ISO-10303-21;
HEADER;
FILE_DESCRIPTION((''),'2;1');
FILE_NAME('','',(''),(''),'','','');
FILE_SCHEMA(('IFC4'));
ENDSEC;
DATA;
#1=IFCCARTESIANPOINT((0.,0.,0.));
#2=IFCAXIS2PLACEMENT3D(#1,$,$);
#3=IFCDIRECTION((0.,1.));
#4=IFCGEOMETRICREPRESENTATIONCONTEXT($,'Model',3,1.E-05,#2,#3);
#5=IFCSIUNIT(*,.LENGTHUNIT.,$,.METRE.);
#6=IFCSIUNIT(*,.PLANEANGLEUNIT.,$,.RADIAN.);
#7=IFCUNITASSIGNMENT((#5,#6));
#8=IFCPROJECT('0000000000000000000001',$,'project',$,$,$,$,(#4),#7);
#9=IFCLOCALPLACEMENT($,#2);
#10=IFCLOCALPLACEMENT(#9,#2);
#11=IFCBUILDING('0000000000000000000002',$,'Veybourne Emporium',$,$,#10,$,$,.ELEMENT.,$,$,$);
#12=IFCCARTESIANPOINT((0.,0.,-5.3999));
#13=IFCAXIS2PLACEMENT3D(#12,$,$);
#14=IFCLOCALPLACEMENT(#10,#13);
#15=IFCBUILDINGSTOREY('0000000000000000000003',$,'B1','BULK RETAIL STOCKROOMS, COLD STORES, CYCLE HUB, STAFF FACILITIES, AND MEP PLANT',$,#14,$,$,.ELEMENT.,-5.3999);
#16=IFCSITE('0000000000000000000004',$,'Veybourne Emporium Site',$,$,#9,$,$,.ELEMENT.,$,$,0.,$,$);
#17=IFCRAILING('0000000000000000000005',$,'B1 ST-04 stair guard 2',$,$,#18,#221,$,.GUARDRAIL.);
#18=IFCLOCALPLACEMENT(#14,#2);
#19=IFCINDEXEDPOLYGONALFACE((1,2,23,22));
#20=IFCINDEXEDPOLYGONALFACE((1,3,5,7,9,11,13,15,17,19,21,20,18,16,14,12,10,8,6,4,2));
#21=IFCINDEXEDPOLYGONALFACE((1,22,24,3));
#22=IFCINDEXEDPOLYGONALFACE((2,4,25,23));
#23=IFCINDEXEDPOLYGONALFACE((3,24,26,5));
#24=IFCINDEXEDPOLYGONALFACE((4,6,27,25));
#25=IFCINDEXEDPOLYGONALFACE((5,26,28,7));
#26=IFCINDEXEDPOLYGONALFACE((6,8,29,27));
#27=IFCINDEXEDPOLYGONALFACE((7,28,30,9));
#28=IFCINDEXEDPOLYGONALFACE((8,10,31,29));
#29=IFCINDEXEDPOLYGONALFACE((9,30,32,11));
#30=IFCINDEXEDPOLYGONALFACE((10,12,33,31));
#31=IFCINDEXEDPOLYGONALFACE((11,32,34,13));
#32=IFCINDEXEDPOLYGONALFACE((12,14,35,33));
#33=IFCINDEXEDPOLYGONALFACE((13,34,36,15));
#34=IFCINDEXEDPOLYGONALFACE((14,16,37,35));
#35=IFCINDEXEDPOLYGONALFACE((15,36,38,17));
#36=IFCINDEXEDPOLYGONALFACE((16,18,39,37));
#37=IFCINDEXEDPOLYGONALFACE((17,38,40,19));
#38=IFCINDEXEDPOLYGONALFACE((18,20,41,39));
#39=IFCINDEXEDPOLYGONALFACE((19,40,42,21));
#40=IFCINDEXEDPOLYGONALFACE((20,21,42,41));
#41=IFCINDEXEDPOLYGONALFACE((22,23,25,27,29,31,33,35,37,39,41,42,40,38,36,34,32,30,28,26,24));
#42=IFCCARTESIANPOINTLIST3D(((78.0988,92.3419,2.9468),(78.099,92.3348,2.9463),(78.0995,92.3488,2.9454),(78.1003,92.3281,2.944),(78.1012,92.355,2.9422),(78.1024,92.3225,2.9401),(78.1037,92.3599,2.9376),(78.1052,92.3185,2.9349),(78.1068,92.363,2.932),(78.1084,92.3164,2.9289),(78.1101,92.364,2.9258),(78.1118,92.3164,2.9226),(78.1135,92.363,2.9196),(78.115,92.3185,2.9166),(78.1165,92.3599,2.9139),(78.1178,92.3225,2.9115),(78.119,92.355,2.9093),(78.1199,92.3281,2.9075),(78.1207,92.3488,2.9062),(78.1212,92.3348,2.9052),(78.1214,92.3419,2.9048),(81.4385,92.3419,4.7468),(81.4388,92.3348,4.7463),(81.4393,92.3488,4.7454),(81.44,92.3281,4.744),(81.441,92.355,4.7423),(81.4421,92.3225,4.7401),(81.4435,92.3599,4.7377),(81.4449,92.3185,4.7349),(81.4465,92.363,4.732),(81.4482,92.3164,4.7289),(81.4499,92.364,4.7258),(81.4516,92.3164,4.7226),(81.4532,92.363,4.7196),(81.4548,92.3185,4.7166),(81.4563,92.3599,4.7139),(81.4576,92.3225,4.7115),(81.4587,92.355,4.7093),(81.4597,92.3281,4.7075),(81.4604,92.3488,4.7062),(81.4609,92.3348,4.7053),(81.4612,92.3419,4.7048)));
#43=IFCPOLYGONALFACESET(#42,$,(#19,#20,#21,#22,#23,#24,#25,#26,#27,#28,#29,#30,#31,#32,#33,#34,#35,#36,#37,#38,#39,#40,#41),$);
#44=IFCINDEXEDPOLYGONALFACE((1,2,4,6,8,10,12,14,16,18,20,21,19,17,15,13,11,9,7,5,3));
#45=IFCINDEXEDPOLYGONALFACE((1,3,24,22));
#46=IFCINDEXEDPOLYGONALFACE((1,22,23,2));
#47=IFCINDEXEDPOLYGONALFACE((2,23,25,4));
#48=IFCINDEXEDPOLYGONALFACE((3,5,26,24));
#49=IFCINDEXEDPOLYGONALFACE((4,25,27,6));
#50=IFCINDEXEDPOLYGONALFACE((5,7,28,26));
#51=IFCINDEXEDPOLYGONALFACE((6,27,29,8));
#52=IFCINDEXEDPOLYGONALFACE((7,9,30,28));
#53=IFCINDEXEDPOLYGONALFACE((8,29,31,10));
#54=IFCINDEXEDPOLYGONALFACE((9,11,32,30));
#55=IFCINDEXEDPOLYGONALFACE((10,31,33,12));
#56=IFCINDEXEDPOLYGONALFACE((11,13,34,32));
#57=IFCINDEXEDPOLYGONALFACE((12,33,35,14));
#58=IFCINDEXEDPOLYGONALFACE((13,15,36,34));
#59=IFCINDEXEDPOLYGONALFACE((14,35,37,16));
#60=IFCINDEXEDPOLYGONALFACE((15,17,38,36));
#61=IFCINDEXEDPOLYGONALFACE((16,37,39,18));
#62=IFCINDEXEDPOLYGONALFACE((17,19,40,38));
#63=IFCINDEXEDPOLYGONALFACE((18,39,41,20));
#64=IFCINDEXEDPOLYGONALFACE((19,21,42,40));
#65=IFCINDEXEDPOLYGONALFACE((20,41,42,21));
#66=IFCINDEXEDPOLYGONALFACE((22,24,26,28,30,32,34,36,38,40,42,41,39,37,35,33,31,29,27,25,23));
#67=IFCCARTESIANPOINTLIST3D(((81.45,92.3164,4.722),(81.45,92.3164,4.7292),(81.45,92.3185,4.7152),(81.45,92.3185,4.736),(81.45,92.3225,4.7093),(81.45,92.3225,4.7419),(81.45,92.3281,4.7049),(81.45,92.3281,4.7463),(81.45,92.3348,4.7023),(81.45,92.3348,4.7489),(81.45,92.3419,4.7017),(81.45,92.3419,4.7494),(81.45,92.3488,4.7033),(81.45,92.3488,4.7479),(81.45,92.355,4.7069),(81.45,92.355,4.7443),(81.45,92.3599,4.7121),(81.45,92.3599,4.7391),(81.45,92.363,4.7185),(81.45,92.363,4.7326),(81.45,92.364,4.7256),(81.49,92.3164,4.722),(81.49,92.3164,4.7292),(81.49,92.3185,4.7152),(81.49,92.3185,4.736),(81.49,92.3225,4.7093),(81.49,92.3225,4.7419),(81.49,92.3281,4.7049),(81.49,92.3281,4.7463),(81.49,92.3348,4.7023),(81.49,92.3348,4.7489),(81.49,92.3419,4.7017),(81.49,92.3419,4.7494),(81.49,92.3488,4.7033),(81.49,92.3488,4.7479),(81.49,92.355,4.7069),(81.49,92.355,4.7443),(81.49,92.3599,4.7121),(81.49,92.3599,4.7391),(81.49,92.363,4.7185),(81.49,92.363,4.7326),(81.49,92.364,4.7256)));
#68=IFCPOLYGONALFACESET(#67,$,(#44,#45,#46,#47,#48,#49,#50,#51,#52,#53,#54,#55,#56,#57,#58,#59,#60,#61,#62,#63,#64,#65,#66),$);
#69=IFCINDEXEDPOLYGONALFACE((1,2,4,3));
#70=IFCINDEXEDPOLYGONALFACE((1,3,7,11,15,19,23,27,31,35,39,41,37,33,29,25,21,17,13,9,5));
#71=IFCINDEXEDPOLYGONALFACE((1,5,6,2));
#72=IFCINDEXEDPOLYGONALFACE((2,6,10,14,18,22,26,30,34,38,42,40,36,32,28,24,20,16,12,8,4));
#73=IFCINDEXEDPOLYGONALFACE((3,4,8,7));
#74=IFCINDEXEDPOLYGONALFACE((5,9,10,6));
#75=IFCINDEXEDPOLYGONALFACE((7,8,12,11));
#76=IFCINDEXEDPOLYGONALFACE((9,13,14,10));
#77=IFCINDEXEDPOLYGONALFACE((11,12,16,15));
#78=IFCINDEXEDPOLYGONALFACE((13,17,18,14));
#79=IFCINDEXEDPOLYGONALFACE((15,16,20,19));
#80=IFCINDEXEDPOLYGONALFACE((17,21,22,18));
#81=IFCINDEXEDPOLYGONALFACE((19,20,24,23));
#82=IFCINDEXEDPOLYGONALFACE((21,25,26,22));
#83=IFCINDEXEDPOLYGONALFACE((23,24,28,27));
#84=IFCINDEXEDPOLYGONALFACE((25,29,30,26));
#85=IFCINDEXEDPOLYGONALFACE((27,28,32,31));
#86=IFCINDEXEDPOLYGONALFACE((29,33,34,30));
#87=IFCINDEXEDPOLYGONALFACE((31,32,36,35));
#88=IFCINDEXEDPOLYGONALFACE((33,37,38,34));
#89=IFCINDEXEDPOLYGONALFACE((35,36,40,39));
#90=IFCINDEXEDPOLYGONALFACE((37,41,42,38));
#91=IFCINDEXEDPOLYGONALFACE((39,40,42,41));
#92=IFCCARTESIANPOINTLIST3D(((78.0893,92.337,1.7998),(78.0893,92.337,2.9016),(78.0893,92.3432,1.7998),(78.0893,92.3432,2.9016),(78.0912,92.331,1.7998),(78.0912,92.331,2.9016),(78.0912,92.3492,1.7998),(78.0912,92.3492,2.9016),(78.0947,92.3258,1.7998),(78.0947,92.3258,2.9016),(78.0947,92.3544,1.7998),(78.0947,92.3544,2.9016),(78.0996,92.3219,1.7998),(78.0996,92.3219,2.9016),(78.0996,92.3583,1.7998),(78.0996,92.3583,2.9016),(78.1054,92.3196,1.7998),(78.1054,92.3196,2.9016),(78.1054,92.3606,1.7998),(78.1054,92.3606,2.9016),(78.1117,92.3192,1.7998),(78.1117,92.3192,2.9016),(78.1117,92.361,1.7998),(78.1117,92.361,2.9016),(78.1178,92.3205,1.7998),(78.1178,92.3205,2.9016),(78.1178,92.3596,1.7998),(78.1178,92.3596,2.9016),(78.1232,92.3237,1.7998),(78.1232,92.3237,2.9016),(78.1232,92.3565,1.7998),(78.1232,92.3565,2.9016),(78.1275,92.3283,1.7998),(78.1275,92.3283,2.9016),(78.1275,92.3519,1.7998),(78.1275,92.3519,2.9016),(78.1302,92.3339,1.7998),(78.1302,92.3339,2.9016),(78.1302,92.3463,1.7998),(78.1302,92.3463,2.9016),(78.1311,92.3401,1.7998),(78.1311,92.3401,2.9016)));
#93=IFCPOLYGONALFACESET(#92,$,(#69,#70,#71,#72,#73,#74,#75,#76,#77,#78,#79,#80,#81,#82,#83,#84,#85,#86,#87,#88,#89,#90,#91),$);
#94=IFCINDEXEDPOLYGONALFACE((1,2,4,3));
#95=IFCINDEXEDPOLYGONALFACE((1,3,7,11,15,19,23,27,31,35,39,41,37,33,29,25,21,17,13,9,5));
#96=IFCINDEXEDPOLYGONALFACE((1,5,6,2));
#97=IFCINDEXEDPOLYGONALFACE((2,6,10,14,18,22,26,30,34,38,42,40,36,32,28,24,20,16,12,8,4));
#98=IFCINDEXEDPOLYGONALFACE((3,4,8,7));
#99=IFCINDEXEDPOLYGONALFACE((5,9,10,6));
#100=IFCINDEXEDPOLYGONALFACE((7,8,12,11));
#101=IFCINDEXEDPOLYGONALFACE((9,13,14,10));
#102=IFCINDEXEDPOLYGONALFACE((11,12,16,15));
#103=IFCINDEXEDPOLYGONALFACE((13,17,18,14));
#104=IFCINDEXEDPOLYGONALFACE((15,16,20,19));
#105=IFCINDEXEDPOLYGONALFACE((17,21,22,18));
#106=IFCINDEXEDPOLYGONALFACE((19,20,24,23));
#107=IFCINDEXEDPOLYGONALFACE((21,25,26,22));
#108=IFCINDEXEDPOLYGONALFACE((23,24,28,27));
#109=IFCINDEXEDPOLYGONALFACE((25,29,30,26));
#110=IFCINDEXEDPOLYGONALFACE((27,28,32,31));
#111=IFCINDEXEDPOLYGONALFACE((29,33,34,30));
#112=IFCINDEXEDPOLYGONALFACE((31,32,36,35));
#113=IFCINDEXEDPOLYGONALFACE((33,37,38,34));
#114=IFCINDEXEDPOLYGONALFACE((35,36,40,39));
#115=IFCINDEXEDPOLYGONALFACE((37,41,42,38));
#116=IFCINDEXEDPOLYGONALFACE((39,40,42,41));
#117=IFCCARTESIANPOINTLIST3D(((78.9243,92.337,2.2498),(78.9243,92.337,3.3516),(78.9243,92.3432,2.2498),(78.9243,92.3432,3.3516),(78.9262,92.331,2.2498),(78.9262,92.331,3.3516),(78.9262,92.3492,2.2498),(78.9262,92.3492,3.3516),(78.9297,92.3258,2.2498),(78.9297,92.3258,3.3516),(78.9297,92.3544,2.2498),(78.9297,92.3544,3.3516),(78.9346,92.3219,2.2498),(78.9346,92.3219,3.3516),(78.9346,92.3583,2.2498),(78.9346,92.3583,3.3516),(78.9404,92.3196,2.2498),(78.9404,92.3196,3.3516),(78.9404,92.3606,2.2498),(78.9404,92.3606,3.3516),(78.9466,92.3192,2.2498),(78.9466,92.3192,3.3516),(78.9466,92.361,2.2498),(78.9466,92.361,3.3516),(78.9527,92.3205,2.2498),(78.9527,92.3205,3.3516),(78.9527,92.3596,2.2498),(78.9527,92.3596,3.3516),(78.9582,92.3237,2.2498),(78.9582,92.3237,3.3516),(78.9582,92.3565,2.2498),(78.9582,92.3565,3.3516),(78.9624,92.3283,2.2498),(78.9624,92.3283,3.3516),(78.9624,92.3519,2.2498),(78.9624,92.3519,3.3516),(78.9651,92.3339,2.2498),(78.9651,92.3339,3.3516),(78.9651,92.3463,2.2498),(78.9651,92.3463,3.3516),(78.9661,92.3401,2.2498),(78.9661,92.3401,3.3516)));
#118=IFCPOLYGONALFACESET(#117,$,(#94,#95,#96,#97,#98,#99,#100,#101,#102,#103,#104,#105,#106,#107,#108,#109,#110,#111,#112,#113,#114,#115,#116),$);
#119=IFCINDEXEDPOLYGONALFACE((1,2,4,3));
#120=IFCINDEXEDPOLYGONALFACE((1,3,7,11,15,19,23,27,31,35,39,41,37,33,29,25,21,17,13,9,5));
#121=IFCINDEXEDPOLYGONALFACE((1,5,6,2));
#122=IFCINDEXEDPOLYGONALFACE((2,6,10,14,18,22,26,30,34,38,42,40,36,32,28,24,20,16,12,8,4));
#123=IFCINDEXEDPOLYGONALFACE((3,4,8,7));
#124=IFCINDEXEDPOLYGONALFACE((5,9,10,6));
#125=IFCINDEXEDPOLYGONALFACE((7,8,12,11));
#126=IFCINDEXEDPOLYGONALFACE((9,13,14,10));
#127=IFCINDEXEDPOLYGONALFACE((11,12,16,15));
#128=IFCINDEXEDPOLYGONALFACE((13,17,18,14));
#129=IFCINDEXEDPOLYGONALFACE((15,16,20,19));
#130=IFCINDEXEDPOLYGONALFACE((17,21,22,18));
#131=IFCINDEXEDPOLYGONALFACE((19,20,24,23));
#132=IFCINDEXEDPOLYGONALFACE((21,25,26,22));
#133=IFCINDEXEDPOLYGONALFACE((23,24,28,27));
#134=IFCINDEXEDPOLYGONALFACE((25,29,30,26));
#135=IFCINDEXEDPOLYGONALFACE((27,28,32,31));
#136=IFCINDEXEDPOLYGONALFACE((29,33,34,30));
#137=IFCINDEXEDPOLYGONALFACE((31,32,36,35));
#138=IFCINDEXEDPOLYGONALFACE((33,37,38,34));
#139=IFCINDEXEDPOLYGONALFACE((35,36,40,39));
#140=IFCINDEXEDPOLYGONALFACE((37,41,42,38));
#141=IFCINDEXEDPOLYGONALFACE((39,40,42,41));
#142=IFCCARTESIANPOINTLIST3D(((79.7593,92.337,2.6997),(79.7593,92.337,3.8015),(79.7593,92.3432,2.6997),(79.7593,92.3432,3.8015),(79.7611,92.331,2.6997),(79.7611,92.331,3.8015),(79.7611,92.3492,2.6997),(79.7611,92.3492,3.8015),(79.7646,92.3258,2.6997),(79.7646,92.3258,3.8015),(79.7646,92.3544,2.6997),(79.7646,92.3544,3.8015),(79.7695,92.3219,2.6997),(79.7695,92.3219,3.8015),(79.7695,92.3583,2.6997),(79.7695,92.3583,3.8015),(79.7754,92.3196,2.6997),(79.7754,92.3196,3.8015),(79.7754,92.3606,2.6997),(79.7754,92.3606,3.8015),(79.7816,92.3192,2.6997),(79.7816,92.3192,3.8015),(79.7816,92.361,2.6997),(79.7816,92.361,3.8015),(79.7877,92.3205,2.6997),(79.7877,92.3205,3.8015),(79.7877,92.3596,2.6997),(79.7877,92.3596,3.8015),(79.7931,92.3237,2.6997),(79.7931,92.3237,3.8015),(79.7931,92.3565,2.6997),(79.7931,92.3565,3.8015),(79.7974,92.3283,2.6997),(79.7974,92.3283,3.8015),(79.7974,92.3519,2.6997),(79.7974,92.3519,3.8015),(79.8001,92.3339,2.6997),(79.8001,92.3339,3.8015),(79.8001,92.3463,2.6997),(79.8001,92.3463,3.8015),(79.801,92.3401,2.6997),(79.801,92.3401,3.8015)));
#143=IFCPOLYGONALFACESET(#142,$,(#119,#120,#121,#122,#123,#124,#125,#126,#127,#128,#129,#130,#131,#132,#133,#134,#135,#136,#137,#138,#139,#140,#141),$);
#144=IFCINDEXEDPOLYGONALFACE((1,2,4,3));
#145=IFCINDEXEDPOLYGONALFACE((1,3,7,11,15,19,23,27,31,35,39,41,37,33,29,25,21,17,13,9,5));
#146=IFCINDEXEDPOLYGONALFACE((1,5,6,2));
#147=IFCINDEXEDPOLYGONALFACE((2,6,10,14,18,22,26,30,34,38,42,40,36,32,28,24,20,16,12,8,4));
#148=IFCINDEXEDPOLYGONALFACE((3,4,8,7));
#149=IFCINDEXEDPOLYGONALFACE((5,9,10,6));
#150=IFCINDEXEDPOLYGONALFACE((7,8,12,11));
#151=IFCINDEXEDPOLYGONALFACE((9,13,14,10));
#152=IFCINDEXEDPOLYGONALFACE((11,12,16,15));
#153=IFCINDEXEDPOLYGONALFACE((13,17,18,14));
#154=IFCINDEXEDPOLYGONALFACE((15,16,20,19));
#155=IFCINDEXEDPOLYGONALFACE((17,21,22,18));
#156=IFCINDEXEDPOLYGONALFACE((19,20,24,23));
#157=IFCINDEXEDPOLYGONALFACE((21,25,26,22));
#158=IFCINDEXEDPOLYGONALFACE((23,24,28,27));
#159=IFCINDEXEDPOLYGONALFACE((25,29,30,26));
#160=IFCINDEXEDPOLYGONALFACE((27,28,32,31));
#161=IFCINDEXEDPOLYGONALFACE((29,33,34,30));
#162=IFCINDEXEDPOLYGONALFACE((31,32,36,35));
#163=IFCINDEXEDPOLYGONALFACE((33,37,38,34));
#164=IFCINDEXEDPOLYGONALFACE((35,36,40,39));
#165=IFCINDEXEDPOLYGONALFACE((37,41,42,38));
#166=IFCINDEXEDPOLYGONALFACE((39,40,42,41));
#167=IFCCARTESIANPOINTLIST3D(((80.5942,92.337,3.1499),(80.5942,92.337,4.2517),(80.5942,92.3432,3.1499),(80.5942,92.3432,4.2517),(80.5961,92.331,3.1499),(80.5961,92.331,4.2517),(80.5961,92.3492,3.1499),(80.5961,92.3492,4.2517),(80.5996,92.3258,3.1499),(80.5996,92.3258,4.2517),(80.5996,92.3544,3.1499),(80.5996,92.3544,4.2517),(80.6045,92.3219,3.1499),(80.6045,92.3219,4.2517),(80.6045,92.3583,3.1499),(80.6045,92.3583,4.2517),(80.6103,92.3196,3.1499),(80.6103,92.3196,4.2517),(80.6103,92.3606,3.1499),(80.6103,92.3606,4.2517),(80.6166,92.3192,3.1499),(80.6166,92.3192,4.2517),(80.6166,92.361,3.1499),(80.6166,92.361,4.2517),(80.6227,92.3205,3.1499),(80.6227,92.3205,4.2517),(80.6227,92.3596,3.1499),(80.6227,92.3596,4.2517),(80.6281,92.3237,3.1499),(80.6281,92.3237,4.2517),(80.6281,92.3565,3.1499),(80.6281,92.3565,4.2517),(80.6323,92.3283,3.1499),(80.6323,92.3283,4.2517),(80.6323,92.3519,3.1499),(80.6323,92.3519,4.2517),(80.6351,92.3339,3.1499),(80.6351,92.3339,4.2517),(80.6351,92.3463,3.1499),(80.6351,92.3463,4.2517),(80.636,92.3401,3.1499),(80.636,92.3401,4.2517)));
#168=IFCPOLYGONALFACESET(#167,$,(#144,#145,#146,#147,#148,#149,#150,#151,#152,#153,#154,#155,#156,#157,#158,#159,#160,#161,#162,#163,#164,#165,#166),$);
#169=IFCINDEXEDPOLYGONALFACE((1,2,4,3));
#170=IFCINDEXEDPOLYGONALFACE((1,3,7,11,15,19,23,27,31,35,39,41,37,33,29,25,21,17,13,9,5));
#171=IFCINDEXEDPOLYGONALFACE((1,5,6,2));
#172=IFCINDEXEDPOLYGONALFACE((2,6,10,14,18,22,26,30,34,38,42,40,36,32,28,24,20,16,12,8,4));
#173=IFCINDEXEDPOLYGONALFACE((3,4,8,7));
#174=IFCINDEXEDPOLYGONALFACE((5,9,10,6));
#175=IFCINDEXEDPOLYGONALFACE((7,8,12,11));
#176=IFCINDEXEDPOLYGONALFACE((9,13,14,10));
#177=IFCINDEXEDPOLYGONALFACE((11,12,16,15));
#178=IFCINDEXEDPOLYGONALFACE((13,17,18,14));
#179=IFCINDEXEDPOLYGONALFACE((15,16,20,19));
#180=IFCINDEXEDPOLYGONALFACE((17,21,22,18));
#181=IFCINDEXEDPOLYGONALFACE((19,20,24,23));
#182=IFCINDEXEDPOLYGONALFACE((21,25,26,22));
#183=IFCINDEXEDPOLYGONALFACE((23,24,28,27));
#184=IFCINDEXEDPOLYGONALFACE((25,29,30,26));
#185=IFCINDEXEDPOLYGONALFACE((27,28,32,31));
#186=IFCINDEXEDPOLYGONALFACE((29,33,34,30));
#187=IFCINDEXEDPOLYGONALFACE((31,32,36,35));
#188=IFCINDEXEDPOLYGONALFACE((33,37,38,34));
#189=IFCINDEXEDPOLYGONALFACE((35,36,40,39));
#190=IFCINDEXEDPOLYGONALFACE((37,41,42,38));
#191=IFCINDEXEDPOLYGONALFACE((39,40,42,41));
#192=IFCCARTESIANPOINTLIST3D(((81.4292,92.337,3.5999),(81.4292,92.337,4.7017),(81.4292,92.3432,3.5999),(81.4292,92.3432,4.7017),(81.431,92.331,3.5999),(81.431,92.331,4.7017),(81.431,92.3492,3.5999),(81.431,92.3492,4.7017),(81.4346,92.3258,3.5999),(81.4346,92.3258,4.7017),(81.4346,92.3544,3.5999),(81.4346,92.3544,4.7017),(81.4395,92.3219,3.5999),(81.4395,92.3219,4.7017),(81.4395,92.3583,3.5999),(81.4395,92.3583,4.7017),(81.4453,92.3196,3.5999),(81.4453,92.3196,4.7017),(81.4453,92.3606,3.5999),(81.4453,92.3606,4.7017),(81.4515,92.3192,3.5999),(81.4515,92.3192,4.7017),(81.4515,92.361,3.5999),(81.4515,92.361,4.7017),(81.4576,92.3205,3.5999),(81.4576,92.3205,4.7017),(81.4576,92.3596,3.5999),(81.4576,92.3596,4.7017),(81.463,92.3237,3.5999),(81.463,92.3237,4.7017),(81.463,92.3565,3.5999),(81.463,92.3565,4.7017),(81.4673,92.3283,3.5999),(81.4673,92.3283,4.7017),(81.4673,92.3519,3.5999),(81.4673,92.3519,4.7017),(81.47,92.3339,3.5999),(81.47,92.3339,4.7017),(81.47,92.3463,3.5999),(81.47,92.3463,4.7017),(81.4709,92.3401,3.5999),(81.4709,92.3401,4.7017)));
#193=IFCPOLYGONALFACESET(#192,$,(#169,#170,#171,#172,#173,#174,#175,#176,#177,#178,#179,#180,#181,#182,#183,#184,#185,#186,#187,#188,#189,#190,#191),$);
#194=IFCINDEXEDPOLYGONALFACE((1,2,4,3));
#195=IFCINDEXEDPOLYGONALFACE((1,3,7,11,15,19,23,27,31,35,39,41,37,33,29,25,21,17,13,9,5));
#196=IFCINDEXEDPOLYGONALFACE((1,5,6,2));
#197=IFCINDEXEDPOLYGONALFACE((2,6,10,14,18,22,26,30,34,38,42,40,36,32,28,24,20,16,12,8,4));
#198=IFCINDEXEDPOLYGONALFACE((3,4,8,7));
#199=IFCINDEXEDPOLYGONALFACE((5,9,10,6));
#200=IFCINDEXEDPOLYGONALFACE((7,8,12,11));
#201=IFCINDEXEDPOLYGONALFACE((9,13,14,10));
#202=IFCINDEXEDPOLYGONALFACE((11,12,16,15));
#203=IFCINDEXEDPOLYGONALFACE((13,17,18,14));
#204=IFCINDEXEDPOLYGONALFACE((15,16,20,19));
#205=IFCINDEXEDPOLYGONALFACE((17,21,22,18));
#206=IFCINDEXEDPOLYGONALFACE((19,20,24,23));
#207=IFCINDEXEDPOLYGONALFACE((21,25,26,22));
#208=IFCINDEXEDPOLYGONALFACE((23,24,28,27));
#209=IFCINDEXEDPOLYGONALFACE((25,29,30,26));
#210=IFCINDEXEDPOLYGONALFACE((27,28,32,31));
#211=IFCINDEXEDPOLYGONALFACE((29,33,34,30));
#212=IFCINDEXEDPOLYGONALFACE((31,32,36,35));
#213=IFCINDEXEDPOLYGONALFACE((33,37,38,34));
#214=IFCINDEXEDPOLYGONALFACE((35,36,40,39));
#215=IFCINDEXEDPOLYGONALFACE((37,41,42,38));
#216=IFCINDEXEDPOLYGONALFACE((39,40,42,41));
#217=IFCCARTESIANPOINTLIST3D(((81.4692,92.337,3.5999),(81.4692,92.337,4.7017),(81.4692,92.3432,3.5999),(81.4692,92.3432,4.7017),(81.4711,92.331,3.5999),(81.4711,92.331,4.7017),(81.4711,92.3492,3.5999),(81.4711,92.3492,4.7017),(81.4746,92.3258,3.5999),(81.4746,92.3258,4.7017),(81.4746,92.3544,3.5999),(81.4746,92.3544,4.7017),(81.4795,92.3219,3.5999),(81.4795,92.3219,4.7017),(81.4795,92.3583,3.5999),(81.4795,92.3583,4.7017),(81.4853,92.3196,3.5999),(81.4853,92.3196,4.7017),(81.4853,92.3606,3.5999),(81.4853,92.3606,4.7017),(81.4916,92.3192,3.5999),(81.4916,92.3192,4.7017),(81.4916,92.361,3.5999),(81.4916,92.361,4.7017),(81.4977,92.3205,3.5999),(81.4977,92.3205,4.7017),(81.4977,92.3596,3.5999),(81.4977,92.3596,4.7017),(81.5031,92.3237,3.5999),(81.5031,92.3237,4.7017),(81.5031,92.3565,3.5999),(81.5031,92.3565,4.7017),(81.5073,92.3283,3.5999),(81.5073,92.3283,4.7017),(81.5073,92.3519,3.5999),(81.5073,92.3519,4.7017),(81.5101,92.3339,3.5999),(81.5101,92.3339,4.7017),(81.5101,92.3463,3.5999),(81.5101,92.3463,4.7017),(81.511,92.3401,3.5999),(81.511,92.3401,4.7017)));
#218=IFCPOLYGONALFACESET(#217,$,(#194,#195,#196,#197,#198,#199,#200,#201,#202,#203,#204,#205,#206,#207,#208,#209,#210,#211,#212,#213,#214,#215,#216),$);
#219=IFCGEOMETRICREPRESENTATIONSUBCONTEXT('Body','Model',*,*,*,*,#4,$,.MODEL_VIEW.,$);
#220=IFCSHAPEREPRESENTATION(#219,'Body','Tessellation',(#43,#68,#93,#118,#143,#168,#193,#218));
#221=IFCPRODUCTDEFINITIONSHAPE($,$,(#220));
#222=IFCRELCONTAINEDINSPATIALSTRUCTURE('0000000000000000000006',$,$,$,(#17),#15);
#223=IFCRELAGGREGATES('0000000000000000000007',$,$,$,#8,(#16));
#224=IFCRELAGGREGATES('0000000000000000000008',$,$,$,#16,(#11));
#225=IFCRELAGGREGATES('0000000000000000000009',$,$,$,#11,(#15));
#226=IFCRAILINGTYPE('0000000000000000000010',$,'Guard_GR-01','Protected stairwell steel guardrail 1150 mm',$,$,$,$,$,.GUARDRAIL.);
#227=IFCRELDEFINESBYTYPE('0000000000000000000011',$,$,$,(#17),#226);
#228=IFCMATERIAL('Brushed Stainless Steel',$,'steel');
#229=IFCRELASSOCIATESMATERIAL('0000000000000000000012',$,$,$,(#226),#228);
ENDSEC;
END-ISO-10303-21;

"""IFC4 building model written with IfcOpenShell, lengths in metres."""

from ifc_helpers import new_model, si_unit, direction, frame, origin, origin_2d, place, context, subcontext, project, spatial, circle, extrude, material, type_object, element, save


model = new_model("IFC4")

# Units and contexts
model_context = context("Model", 3, precision=1e-05, world=origin(), true_north=direction((0.0, 1.0)))
body_context = subcontext(model_context, "Body", "Model", "MODEL_VIEW")
ifc_project = project(units=[si_unit("LENGTHUNIT", "METRE"), si_unit("PLANEANGLEUNIT", "RADIAN")], contexts=[model_context])

# Site, building, storey
site_placement = place(None, origin())
site = spatial("IfcSite", under=ifc_project, at=site_placement, Name="Veybourne Emporium Site", CompositionType="ELEMENT", RefElevation=0.0)
building_placement = place(site_placement, origin())
building = spatial("IfcBuilding", under=site, at=building_placement, Name="Veybourne Emporium", CompositionType="ELEMENT")
storey_placement = place(building_placement, frame((0.0, 0.0, -5.3999)))
storey = spatial("IfcBuildingStorey", under=building, at=storey_placement, Name="B1", Description="BULK RETAIL STOCKROOMS, COLD STORES, CYCLE HUB, STAFF FACILITIES, AND MEP PLANT", CompositionType="ELEMENT", Elevation=-5.3999)

# Railing
ifc_material_1 = material(Name="Brushed Stainless Steel", Category="steel")
railing_type_1 = type_object("IfcRailingType", Name="Guard_GR-01", Description="Protected stairwell steel guardrail 1150 mm", PredefinedType="GUARDRAIL", material=ifc_material_1)
railing_1_placement = place(storey_placement, frame((78.1101, 92.3401, 1.7998)))
element("IfcRailing", 1, at=railing_1_placement, inside=storey, type_object=railing_type_1, Name="B1 ST-04 stair guard 2", PredefinedType="GUARDRAIL", context=body_context, shape_type="SweptSolid", body=[
    extrude(circle(Radius=0.0239, at=origin_2d()), frame((0.0, 0.0, 1.126), z_axis=(0.880287, 0.0, 0.474441), x_axis=(0.0, 1.0, 0.0)), (0.0, 0.0, 1.0), 3.7939),
    extrude(circle(Radius=0.0239, at=origin_2d()), frame((3.3398, 0.0, 2.9258), z_axis=(1.0, 0.0, 0.0), x_axis=(0.0, 1.0, 0.0)), (0.0, 0.0, 1.0), 0.04),
    extrude(circle(Radius=0.021, at=origin_2d()), origin(), (0.0, 0.0, 1.0), 1.1018),
    extrude(circle(Radius=0.021, at=origin_2d()), frame((0.835, 0.0, 0.45)), (0.0, 0.0, 1.0), 1.1018),
    extrude(circle(Radius=0.021, at=origin_2d()), frame((1.6699, 0.0, 0.8999)), (0.0, 0.0, 1.0), 1.1018),
    extrude(circle(Radius=0.021, at=origin_2d()), frame((2.5049, 0.0, 1.3501)), (0.0, 0.0, 1.0), 1.1018),
    extrude(circle(Radius=0.021, at=origin_2d()), frame((3.3398, 0.0, 1.8)), (0.0, 0.0, 1.0), 1.1018),
    extrude(circle(Radius=0.021, at=origin_2d()), frame((3.3799, 0.0, 1.8)), (0.0, 0.0, 1.0), 1.1018),
])

save(model, "model.ifc")
